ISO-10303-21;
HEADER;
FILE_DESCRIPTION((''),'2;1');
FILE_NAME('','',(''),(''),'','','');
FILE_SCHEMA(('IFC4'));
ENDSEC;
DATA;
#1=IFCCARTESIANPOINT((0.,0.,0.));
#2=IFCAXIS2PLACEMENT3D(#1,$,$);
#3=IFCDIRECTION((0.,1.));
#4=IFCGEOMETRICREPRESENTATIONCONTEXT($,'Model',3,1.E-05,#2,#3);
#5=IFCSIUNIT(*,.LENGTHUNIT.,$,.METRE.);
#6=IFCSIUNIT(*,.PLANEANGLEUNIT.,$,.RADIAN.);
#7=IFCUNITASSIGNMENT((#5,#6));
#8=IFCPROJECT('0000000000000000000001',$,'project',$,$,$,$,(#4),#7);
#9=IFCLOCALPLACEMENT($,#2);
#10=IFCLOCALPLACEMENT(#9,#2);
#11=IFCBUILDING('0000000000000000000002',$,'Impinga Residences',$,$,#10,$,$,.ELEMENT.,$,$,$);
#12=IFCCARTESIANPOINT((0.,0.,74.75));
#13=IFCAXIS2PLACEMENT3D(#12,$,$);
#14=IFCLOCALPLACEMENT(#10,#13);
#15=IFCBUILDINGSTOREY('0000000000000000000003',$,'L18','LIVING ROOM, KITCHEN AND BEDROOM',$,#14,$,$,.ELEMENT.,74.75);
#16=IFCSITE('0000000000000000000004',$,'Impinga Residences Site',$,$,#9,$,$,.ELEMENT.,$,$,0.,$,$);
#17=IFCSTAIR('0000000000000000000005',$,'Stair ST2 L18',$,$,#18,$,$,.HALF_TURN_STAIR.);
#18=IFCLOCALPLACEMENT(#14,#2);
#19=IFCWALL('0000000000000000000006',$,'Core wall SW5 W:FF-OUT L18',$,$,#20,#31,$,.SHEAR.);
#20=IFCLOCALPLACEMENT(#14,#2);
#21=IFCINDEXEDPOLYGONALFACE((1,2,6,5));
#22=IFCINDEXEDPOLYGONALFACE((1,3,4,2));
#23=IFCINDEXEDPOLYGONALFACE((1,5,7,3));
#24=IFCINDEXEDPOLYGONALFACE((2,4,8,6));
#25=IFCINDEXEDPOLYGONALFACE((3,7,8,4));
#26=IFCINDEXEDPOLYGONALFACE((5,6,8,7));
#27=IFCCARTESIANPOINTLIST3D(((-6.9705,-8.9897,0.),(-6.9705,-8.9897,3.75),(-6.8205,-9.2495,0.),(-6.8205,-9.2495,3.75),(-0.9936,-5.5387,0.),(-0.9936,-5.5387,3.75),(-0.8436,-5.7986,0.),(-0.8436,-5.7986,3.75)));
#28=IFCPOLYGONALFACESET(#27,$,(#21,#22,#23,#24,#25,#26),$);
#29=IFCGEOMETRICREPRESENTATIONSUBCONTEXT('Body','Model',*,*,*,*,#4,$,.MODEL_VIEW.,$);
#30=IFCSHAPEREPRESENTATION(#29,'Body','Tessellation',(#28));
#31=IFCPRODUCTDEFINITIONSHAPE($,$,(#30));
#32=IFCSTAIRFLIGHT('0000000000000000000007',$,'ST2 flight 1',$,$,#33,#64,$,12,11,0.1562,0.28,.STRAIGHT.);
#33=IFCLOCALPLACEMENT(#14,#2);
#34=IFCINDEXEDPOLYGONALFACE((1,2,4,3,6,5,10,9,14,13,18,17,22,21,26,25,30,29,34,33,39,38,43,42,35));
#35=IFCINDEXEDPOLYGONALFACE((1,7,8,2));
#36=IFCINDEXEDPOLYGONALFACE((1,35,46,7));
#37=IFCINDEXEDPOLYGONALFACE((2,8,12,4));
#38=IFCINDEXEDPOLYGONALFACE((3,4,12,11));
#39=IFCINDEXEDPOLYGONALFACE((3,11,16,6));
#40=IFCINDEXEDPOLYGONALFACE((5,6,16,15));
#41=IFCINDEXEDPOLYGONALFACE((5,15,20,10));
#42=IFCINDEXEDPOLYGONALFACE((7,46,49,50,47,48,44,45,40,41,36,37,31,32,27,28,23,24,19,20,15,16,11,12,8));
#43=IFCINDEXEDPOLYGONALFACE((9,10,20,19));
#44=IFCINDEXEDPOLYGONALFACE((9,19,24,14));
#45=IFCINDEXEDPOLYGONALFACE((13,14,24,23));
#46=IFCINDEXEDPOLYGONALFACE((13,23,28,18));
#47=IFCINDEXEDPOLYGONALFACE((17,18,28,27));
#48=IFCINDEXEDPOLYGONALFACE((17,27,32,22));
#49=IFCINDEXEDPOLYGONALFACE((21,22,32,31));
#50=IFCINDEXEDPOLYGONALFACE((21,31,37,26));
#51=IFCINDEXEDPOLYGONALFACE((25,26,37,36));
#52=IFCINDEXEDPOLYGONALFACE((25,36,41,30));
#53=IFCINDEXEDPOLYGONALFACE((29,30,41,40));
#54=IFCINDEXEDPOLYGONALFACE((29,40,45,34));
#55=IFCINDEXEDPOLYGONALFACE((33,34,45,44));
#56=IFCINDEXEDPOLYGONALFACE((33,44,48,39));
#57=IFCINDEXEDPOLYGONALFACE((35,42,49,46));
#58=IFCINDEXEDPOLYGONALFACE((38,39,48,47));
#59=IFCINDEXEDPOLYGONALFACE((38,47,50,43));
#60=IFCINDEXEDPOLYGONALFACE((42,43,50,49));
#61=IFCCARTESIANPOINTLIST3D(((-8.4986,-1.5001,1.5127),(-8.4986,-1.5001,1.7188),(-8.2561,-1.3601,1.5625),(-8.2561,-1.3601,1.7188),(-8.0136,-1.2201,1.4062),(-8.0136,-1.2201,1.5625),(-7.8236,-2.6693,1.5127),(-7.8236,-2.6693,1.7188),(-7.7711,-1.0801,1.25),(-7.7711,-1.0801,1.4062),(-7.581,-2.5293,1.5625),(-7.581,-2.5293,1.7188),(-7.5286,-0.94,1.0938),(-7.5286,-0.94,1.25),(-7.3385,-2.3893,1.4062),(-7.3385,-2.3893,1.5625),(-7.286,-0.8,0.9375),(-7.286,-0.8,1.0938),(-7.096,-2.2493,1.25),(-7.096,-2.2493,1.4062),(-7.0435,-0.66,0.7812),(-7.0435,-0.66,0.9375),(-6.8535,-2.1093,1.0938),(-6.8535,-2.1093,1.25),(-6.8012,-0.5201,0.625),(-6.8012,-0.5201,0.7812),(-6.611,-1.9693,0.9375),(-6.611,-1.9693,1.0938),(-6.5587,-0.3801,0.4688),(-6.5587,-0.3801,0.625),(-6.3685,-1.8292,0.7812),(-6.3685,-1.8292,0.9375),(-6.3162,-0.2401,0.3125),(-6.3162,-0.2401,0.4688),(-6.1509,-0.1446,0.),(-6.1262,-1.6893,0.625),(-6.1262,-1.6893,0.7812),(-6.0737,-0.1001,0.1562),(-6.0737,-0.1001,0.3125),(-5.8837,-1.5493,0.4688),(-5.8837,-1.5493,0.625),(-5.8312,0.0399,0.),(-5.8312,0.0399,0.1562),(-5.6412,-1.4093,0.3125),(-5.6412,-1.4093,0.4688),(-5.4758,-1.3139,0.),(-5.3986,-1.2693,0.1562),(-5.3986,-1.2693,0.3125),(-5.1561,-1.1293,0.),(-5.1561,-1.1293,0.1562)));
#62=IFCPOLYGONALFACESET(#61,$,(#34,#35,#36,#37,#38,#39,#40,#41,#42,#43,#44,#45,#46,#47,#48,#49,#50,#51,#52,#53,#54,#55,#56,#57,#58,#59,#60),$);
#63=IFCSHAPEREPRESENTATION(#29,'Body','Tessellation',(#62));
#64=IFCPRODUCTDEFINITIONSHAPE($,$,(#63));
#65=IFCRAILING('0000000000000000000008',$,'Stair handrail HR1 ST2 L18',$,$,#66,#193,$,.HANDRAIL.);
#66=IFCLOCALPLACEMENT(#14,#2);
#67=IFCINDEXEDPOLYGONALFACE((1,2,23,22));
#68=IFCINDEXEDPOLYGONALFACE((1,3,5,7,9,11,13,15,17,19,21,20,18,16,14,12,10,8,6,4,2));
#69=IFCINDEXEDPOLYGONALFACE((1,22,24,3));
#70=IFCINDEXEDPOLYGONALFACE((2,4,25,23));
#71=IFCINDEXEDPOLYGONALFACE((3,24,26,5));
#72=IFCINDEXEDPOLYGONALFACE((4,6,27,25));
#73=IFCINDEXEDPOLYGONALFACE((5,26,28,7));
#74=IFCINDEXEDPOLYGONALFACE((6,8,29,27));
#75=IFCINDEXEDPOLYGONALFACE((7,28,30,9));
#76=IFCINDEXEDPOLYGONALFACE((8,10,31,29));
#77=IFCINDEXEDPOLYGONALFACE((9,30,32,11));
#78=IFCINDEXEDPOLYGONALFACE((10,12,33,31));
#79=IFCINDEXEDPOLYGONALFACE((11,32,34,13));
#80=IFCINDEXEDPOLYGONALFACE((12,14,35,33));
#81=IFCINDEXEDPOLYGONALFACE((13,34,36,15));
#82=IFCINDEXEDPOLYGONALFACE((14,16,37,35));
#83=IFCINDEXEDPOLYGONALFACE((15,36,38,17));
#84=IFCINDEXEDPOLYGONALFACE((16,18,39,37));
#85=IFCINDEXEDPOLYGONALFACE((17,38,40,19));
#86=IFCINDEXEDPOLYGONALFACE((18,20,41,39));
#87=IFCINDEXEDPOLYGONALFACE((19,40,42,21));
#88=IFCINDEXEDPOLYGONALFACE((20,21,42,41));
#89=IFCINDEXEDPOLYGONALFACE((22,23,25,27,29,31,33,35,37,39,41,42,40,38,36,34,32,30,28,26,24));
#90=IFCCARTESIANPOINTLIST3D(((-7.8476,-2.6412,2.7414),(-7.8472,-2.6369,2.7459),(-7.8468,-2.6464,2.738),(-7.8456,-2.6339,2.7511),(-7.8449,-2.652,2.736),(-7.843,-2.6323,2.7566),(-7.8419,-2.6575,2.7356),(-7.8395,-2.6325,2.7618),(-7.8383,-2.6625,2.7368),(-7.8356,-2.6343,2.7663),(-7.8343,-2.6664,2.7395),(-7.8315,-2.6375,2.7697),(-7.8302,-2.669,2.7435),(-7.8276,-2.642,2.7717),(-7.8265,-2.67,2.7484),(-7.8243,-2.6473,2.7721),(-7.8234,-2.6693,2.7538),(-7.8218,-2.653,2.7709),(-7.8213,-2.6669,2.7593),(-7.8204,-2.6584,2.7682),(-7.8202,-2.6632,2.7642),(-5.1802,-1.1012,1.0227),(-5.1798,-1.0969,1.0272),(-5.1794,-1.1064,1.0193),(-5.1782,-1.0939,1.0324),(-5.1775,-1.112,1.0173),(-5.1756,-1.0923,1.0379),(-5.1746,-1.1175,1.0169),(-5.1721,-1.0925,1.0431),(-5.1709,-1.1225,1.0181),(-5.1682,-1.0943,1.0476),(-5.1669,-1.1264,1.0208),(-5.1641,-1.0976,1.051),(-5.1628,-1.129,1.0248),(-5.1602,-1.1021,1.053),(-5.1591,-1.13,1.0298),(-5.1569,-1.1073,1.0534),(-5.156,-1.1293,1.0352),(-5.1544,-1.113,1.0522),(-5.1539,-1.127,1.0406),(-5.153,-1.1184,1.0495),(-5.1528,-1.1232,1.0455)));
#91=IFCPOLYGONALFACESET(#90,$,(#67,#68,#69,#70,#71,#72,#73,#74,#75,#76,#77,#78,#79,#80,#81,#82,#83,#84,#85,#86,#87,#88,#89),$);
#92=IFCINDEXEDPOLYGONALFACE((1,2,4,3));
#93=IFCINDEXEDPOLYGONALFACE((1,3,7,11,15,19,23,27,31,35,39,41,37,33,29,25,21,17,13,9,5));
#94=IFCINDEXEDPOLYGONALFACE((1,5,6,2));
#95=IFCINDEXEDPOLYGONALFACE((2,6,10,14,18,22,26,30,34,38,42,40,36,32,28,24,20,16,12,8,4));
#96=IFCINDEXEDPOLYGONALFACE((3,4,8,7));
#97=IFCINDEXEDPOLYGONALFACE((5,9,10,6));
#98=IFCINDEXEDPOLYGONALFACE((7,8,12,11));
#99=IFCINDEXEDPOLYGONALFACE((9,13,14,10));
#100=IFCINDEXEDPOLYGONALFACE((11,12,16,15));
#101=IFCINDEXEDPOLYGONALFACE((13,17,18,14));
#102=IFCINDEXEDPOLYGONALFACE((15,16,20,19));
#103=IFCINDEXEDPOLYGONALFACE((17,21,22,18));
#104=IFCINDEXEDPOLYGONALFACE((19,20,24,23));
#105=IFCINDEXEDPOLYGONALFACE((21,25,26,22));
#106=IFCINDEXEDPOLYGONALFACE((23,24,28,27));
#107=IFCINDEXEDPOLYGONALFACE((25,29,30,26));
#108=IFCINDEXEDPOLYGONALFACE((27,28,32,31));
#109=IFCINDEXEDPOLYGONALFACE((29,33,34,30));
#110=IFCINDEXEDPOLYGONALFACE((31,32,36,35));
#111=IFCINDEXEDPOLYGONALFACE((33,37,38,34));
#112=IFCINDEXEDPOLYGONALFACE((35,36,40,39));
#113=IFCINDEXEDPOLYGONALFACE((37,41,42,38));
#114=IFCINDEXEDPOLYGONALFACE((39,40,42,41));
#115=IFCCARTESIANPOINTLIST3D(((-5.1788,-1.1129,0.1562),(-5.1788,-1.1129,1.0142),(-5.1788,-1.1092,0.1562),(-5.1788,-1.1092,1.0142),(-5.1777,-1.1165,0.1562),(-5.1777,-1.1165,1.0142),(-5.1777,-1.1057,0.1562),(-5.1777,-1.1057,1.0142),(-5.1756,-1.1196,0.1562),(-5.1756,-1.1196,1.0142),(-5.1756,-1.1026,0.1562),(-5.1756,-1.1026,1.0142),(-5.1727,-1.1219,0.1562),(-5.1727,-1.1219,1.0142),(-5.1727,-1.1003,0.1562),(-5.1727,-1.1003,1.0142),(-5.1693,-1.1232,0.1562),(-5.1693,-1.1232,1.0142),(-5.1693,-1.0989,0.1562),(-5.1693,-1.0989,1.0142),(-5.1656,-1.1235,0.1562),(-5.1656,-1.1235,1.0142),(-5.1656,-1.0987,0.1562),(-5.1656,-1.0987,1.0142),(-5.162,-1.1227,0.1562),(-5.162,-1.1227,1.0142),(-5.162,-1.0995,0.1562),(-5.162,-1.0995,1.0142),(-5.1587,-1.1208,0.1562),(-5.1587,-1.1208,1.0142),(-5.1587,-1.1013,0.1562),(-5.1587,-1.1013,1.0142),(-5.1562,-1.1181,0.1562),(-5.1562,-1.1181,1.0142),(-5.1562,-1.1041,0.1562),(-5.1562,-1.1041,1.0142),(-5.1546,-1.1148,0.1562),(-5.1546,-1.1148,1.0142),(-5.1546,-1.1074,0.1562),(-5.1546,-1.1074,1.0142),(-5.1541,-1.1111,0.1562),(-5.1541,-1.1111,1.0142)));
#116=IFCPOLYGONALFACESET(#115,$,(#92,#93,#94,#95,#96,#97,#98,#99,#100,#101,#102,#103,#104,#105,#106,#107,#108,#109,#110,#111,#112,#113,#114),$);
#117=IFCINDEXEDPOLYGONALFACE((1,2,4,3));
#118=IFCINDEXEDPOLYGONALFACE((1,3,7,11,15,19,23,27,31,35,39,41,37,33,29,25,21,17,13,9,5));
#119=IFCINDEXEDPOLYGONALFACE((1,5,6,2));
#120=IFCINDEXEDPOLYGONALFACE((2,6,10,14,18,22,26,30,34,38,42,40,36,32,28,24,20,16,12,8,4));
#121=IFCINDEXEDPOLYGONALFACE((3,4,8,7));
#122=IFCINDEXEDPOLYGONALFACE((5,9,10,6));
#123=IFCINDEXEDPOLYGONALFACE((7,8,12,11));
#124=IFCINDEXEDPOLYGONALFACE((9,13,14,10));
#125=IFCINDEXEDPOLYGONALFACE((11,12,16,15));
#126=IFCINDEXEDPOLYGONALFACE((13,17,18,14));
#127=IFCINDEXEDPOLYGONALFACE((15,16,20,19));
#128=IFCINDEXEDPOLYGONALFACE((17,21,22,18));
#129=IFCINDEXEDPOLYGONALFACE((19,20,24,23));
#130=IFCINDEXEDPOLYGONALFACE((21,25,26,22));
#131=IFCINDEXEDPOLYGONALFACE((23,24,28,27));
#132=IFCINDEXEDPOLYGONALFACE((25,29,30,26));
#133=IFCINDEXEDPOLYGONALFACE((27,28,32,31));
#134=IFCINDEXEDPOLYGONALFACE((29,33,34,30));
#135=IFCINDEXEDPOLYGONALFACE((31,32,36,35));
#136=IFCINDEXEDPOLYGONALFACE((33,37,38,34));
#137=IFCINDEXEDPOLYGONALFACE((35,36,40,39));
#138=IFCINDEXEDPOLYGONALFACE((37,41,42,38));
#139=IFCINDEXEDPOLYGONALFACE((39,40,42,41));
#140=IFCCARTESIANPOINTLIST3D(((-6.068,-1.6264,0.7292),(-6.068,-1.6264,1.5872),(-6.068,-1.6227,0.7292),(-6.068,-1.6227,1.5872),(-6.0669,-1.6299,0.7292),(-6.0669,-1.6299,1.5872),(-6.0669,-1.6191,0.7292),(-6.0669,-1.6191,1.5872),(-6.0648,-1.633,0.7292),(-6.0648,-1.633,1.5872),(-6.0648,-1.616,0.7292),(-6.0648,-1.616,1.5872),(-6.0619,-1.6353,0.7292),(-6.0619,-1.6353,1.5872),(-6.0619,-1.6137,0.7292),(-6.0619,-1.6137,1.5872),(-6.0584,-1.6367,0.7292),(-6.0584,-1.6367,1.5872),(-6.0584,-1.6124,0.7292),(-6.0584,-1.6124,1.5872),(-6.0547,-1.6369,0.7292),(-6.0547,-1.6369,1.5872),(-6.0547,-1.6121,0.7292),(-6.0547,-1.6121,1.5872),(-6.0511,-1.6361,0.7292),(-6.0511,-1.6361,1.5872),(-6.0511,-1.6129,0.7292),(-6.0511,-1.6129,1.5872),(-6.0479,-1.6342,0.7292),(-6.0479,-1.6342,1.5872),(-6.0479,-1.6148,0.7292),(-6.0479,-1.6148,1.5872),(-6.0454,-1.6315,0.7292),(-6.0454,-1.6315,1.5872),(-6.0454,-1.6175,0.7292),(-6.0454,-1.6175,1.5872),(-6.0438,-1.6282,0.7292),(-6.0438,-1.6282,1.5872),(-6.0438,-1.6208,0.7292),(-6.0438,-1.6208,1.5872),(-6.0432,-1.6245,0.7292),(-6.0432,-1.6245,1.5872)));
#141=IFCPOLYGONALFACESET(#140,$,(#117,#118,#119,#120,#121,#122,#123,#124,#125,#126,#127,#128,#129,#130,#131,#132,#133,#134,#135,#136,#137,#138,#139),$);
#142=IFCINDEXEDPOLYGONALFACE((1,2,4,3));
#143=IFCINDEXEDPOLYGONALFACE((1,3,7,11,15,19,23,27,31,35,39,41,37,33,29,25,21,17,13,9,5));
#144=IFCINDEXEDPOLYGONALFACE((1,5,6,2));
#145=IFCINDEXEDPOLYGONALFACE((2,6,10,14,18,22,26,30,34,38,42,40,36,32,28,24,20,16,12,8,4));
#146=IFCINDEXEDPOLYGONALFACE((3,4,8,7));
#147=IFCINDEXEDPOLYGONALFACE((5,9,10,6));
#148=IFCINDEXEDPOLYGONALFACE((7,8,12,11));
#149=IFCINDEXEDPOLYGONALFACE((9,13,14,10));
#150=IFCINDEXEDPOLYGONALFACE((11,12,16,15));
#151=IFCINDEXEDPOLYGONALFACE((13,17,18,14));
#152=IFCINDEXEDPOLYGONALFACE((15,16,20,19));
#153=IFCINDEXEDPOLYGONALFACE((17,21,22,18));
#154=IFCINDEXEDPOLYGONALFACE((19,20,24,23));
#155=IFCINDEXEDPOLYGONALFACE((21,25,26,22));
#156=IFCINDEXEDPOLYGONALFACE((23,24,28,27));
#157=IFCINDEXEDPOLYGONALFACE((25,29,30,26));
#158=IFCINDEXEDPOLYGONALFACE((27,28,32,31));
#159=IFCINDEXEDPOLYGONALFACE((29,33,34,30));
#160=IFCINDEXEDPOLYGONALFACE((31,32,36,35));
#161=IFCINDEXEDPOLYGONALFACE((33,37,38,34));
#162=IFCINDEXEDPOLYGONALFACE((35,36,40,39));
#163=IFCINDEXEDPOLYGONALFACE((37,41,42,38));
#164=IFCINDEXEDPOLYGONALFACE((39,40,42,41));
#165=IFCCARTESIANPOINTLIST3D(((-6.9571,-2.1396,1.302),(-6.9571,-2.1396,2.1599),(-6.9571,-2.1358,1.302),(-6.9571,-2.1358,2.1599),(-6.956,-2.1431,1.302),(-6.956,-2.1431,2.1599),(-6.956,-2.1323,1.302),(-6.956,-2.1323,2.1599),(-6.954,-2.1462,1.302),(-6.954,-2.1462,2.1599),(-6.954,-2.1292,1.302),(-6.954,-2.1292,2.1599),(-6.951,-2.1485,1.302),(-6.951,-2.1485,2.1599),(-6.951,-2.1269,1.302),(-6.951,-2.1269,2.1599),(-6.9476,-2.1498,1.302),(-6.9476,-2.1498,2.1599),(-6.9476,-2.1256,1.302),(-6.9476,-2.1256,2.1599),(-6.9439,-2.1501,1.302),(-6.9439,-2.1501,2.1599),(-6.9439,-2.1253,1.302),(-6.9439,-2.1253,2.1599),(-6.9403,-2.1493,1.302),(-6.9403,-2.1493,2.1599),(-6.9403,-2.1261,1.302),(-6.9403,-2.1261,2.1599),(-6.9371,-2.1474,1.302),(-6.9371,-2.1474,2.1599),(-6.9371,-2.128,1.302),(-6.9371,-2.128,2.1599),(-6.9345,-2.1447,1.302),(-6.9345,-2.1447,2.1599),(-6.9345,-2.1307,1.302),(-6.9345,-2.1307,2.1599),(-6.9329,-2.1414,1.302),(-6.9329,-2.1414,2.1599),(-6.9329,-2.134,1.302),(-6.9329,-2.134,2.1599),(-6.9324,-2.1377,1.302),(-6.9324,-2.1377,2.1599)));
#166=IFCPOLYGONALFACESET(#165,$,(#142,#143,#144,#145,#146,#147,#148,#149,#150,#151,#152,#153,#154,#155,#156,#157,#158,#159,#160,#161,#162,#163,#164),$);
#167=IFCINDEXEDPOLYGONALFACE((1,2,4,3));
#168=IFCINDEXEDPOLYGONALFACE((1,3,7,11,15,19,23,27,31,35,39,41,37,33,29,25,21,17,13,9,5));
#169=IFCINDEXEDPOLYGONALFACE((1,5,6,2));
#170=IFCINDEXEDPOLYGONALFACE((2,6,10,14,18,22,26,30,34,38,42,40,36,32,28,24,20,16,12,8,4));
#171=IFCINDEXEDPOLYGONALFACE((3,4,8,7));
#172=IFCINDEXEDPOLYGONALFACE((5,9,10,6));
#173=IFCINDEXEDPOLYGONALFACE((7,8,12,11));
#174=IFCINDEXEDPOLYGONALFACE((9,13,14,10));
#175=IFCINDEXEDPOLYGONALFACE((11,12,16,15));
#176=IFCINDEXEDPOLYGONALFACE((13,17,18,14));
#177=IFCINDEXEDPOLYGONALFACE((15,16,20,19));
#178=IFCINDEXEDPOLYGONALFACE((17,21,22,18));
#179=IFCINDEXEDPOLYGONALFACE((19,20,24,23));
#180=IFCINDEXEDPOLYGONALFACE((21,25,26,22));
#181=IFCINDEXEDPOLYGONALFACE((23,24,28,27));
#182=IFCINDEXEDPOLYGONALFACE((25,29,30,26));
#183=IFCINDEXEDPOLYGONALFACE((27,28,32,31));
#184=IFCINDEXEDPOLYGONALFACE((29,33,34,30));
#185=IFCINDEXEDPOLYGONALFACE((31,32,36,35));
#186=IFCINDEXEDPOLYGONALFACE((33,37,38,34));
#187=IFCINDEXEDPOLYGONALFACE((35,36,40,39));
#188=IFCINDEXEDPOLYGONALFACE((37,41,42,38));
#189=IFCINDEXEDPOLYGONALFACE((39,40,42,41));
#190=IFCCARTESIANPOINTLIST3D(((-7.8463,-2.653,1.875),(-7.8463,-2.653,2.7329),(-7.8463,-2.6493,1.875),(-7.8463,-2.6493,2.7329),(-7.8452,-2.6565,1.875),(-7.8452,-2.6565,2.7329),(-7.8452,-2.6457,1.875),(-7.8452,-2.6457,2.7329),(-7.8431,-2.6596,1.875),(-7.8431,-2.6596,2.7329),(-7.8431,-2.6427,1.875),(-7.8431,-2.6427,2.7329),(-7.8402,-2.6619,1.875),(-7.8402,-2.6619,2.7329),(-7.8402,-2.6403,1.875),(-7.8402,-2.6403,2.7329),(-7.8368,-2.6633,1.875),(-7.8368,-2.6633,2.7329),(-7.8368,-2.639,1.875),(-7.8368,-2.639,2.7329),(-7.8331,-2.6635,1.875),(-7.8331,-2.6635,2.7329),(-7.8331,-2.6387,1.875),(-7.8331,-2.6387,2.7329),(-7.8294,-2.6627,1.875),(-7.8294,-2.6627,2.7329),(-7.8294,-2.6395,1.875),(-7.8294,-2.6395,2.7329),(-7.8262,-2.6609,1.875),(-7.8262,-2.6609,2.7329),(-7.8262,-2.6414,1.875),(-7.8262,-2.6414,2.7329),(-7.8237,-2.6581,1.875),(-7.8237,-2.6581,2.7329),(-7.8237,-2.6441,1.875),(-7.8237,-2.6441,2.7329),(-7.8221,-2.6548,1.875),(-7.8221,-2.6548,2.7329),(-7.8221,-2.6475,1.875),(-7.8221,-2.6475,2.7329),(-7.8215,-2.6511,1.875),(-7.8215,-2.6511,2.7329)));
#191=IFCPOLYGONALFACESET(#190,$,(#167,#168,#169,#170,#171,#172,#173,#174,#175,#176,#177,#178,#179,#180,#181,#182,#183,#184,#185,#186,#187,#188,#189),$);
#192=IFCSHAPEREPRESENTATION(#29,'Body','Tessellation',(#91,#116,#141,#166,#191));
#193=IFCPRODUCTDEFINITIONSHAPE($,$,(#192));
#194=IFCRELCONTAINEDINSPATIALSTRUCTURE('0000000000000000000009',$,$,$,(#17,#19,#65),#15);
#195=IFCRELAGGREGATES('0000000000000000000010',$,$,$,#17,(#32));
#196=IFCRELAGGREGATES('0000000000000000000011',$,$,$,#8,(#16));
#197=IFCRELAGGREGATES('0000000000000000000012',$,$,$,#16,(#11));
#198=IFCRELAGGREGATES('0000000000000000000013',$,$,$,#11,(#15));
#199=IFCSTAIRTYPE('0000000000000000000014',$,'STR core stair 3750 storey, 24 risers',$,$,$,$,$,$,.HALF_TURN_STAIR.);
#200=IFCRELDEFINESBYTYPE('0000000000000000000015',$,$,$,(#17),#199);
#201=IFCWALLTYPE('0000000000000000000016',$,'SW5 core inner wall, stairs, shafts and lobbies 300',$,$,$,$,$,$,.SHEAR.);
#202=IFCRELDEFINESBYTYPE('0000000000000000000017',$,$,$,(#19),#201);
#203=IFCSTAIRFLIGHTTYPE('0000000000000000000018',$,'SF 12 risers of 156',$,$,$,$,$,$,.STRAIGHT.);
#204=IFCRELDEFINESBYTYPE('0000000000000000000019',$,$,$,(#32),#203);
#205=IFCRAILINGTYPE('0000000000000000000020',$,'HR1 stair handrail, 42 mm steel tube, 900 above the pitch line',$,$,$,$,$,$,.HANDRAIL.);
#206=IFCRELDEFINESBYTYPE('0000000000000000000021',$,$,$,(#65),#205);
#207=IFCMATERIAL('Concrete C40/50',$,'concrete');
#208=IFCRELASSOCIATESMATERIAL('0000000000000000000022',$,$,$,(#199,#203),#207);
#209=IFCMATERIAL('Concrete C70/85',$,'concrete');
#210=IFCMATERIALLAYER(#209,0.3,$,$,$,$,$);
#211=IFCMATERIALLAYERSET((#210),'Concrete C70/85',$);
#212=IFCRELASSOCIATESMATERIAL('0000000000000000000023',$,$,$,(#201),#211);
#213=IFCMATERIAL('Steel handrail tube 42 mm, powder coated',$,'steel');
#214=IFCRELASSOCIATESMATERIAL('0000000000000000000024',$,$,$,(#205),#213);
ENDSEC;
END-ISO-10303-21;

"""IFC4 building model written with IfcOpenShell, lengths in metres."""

from ifc_helpers import new_model, si_unit, direction, frame, frame_2d, origin, origin_2d, place, context, subcontext, project, spatial, polyline, rectangle, circle, outline, extrude, material, layer, layer_set, type_object, element, aggregate, save


model = new_model("IFC4")

# Units and contexts
model_context = context("Model", 3, precision=1e-05, world=origin(), true_north=direction((0.0, 1.0)))
body_context = subcontext(model_context, "Body", "Model", "MODEL_VIEW")
ifc_project = project(units=[si_unit("LENGTHUNIT", "METRE"), si_unit("PLANEANGLEUNIT", "RADIAN")], contexts=[model_context])

# Site, building, storey
site_placement = place(None, origin())
site = spatial("IfcSite", under=ifc_project, at=site_placement, Name="Impinga Residences Site", CompositionType="ELEMENT", RefElevation=0.0)
building_placement = place(site_placement, origin())
building = spatial("IfcBuilding", under=site, at=building_placement, Name="Impinga Residences", CompositionType="ELEMENT")
storey_placement = place(building_placement, frame((0.0, 0.0, 74.75)))
storey = spatial("IfcBuildingStorey", under=building, at=storey_placement, Name="L18", Description="LIVING ROOM, KITCHEN AND BEDROOM", CompositionType="ELEMENT", Elevation=74.75)

# Shared definitions
ifc_material_1 = material(Name="Concrete C40/50", Category="concrete")
stair_type = type_object("IfcStairType", Name="STR core stair 3750 storey, 24 risers", PredefinedType="HALF_TURN_STAIR", material=ifc_material_1)

# Stair
stair_1_placement = place(storey_placement, origin())
stair_1 = element("IfcStair", 1, at=stair_1_placement, inside=storey, type_object=stair_type, Name="Stair ST2 L18", PredefinedType="HALF_TURN_STAIR")

# Shared definitions
ifc_material_2 = material(Name="Concrete C70/85", Category="concrete")

# Shared definitions
ifc_layer_1 = layer(ifc_material_2, 0.3)
ifc_layer_set_1 = layer_set([ifc_layer_1], Name="Concrete C70/85")
wall_type_1 = type_object("IfcWallType", Name="SW5 core inner wall, stairs, shafts and lobbies 300", PredefinedType="SHEAR", material=ifc_layer_set_1)

# Wall
wall_1_placement = place(storey_placement, frame((-0.9187, -5.6687, 0.0), z_axis=(0.0, 0.0, 1.0), x_axis=(-0.866012, -0.500024, 0.0)))
element("IfcWall", 2, at=wall_1_placement, inside=storey, type_object=wall_type_1, Name="Core wall SW5 W:FF-OUT L18", PredefinedType="SHEAR", context=body_context, shape_type="SweptSolid", body=[
    extrude(rectangle(XDim=6.9016, YDim=0.3, at=frame_2d((3.4507, 0.0))), origin(), (0.0, 0.0, 1.0), 3.75),
])

# Stair flight
stair_flight_type = type_object("IfcStairFlightType", Name="SF 12 risers of 156", PredefinedType="STRAIGHT", material=ifc_material_1)
stair_flight_placement = place(storey_placement, frame((-5.4937, -0.5447, 0.0), z_axis=(0.0, 0.0, 1.0), x_axis=(-0.866025, -0.5, 0.0)))
stair_flight = element("IfcStairFlight", 3, at=stair_flight_placement, type_object=stair_flight_type, Name="ST2 flight 1", NumberOfRisers=12, NumberOfTreads=11, PredefinedType="STRAIGHT", RiserHeight=0.1562, TreadLength=0.28, context=body_context, shape_type="SweptSolid", body=[
    extrude(outline(polyline([(0.0, 0.0), (0.0, 0.1562), (0.28, 0.1562), (0.28, 0.3125), (0.5601, 0.3125), (0.5601, 0.4688), (0.8401, 0.4688), (0.8401, 0.625), (1.1201, 0.625), (1.1201, 0.7812), (1.3999, 0.7812), (1.3999, 0.9375), (1.6799, 0.9375), (1.6799, 1.0938), (1.96, 1.0938), (1.96, 1.25), (2.24, 1.25), (2.24, 1.4062), (2.52, 1.4062), (2.52, 1.5625), (2.8, 1.5625), (2.8, 1.7188), (3.0801, 1.7188), (3.0801, 1.875), (3.0801, 1.5127), (0.3691, 0.0), (0.0, 0.0)])), frame((0.0, 0.675, 0.0), z_axis=(0.0, -1.0, 0.0), x_axis=(1.0, 0.0, 0.0)), (0.0, 0.0, 1.0), 1.3501),
])
aggregate(stair_1, [stair_flight])

# Railing
ifc_material_3 = material(Name="Steel handrail tube 42 mm, powder coated", Category="steel")
railing_type = type_object("IfcRailingType", Name="HR1 stair handrail, 42 mm steel tube, 900 above the pitch line", PredefinedType="HANDRAIL", material=ifc_material_3)
railing_placement = place(storey_placement, frame((-5.1665, -1.1111, 0.1562)))
element("IfcRailing", 4, at=railing_placement, inside=storey, type_object=railing_type, Name="Stair handrail HR1 ST2 L18", PredefinedType="HANDRAIL", context=body_context, shape_type="SweptSolid", body=[
    extrude(circle(Radius=0.021, at=origin_2d()), frame((0.0, 0.0, 0.8789), z_axis=(-0.756256, -0.436616, 0.487282), x_axis=(0.499992, -0.86603, 0.0)), (0.0, 0.0, 1.0), 3.5271),
    extrude(circle(Radius=0.0125, at=origin_2d()), origin(), (0.0, 0.0, 1.0), 0.8579),
    extrude(circle(Radius=0.0125, at=origin_2d()), frame((-0.8892, -0.5134, 0.573)), (0.0, 0.0, 1.0), 0.8579),
    extrude(circle(Radius=0.0125, at=origin_2d()), frame((-1.7783, -1.0266, 1.1458)), (0.0, 0.0, 1.0), 0.8579),
    extrude(circle(Radius=0.0125, at=origin_2d()), frame((-2.6675, -1.54, 1.7188)), (0.0, 0.0, 1.0), 0.8579),
])

save(model, "model.ifc")
